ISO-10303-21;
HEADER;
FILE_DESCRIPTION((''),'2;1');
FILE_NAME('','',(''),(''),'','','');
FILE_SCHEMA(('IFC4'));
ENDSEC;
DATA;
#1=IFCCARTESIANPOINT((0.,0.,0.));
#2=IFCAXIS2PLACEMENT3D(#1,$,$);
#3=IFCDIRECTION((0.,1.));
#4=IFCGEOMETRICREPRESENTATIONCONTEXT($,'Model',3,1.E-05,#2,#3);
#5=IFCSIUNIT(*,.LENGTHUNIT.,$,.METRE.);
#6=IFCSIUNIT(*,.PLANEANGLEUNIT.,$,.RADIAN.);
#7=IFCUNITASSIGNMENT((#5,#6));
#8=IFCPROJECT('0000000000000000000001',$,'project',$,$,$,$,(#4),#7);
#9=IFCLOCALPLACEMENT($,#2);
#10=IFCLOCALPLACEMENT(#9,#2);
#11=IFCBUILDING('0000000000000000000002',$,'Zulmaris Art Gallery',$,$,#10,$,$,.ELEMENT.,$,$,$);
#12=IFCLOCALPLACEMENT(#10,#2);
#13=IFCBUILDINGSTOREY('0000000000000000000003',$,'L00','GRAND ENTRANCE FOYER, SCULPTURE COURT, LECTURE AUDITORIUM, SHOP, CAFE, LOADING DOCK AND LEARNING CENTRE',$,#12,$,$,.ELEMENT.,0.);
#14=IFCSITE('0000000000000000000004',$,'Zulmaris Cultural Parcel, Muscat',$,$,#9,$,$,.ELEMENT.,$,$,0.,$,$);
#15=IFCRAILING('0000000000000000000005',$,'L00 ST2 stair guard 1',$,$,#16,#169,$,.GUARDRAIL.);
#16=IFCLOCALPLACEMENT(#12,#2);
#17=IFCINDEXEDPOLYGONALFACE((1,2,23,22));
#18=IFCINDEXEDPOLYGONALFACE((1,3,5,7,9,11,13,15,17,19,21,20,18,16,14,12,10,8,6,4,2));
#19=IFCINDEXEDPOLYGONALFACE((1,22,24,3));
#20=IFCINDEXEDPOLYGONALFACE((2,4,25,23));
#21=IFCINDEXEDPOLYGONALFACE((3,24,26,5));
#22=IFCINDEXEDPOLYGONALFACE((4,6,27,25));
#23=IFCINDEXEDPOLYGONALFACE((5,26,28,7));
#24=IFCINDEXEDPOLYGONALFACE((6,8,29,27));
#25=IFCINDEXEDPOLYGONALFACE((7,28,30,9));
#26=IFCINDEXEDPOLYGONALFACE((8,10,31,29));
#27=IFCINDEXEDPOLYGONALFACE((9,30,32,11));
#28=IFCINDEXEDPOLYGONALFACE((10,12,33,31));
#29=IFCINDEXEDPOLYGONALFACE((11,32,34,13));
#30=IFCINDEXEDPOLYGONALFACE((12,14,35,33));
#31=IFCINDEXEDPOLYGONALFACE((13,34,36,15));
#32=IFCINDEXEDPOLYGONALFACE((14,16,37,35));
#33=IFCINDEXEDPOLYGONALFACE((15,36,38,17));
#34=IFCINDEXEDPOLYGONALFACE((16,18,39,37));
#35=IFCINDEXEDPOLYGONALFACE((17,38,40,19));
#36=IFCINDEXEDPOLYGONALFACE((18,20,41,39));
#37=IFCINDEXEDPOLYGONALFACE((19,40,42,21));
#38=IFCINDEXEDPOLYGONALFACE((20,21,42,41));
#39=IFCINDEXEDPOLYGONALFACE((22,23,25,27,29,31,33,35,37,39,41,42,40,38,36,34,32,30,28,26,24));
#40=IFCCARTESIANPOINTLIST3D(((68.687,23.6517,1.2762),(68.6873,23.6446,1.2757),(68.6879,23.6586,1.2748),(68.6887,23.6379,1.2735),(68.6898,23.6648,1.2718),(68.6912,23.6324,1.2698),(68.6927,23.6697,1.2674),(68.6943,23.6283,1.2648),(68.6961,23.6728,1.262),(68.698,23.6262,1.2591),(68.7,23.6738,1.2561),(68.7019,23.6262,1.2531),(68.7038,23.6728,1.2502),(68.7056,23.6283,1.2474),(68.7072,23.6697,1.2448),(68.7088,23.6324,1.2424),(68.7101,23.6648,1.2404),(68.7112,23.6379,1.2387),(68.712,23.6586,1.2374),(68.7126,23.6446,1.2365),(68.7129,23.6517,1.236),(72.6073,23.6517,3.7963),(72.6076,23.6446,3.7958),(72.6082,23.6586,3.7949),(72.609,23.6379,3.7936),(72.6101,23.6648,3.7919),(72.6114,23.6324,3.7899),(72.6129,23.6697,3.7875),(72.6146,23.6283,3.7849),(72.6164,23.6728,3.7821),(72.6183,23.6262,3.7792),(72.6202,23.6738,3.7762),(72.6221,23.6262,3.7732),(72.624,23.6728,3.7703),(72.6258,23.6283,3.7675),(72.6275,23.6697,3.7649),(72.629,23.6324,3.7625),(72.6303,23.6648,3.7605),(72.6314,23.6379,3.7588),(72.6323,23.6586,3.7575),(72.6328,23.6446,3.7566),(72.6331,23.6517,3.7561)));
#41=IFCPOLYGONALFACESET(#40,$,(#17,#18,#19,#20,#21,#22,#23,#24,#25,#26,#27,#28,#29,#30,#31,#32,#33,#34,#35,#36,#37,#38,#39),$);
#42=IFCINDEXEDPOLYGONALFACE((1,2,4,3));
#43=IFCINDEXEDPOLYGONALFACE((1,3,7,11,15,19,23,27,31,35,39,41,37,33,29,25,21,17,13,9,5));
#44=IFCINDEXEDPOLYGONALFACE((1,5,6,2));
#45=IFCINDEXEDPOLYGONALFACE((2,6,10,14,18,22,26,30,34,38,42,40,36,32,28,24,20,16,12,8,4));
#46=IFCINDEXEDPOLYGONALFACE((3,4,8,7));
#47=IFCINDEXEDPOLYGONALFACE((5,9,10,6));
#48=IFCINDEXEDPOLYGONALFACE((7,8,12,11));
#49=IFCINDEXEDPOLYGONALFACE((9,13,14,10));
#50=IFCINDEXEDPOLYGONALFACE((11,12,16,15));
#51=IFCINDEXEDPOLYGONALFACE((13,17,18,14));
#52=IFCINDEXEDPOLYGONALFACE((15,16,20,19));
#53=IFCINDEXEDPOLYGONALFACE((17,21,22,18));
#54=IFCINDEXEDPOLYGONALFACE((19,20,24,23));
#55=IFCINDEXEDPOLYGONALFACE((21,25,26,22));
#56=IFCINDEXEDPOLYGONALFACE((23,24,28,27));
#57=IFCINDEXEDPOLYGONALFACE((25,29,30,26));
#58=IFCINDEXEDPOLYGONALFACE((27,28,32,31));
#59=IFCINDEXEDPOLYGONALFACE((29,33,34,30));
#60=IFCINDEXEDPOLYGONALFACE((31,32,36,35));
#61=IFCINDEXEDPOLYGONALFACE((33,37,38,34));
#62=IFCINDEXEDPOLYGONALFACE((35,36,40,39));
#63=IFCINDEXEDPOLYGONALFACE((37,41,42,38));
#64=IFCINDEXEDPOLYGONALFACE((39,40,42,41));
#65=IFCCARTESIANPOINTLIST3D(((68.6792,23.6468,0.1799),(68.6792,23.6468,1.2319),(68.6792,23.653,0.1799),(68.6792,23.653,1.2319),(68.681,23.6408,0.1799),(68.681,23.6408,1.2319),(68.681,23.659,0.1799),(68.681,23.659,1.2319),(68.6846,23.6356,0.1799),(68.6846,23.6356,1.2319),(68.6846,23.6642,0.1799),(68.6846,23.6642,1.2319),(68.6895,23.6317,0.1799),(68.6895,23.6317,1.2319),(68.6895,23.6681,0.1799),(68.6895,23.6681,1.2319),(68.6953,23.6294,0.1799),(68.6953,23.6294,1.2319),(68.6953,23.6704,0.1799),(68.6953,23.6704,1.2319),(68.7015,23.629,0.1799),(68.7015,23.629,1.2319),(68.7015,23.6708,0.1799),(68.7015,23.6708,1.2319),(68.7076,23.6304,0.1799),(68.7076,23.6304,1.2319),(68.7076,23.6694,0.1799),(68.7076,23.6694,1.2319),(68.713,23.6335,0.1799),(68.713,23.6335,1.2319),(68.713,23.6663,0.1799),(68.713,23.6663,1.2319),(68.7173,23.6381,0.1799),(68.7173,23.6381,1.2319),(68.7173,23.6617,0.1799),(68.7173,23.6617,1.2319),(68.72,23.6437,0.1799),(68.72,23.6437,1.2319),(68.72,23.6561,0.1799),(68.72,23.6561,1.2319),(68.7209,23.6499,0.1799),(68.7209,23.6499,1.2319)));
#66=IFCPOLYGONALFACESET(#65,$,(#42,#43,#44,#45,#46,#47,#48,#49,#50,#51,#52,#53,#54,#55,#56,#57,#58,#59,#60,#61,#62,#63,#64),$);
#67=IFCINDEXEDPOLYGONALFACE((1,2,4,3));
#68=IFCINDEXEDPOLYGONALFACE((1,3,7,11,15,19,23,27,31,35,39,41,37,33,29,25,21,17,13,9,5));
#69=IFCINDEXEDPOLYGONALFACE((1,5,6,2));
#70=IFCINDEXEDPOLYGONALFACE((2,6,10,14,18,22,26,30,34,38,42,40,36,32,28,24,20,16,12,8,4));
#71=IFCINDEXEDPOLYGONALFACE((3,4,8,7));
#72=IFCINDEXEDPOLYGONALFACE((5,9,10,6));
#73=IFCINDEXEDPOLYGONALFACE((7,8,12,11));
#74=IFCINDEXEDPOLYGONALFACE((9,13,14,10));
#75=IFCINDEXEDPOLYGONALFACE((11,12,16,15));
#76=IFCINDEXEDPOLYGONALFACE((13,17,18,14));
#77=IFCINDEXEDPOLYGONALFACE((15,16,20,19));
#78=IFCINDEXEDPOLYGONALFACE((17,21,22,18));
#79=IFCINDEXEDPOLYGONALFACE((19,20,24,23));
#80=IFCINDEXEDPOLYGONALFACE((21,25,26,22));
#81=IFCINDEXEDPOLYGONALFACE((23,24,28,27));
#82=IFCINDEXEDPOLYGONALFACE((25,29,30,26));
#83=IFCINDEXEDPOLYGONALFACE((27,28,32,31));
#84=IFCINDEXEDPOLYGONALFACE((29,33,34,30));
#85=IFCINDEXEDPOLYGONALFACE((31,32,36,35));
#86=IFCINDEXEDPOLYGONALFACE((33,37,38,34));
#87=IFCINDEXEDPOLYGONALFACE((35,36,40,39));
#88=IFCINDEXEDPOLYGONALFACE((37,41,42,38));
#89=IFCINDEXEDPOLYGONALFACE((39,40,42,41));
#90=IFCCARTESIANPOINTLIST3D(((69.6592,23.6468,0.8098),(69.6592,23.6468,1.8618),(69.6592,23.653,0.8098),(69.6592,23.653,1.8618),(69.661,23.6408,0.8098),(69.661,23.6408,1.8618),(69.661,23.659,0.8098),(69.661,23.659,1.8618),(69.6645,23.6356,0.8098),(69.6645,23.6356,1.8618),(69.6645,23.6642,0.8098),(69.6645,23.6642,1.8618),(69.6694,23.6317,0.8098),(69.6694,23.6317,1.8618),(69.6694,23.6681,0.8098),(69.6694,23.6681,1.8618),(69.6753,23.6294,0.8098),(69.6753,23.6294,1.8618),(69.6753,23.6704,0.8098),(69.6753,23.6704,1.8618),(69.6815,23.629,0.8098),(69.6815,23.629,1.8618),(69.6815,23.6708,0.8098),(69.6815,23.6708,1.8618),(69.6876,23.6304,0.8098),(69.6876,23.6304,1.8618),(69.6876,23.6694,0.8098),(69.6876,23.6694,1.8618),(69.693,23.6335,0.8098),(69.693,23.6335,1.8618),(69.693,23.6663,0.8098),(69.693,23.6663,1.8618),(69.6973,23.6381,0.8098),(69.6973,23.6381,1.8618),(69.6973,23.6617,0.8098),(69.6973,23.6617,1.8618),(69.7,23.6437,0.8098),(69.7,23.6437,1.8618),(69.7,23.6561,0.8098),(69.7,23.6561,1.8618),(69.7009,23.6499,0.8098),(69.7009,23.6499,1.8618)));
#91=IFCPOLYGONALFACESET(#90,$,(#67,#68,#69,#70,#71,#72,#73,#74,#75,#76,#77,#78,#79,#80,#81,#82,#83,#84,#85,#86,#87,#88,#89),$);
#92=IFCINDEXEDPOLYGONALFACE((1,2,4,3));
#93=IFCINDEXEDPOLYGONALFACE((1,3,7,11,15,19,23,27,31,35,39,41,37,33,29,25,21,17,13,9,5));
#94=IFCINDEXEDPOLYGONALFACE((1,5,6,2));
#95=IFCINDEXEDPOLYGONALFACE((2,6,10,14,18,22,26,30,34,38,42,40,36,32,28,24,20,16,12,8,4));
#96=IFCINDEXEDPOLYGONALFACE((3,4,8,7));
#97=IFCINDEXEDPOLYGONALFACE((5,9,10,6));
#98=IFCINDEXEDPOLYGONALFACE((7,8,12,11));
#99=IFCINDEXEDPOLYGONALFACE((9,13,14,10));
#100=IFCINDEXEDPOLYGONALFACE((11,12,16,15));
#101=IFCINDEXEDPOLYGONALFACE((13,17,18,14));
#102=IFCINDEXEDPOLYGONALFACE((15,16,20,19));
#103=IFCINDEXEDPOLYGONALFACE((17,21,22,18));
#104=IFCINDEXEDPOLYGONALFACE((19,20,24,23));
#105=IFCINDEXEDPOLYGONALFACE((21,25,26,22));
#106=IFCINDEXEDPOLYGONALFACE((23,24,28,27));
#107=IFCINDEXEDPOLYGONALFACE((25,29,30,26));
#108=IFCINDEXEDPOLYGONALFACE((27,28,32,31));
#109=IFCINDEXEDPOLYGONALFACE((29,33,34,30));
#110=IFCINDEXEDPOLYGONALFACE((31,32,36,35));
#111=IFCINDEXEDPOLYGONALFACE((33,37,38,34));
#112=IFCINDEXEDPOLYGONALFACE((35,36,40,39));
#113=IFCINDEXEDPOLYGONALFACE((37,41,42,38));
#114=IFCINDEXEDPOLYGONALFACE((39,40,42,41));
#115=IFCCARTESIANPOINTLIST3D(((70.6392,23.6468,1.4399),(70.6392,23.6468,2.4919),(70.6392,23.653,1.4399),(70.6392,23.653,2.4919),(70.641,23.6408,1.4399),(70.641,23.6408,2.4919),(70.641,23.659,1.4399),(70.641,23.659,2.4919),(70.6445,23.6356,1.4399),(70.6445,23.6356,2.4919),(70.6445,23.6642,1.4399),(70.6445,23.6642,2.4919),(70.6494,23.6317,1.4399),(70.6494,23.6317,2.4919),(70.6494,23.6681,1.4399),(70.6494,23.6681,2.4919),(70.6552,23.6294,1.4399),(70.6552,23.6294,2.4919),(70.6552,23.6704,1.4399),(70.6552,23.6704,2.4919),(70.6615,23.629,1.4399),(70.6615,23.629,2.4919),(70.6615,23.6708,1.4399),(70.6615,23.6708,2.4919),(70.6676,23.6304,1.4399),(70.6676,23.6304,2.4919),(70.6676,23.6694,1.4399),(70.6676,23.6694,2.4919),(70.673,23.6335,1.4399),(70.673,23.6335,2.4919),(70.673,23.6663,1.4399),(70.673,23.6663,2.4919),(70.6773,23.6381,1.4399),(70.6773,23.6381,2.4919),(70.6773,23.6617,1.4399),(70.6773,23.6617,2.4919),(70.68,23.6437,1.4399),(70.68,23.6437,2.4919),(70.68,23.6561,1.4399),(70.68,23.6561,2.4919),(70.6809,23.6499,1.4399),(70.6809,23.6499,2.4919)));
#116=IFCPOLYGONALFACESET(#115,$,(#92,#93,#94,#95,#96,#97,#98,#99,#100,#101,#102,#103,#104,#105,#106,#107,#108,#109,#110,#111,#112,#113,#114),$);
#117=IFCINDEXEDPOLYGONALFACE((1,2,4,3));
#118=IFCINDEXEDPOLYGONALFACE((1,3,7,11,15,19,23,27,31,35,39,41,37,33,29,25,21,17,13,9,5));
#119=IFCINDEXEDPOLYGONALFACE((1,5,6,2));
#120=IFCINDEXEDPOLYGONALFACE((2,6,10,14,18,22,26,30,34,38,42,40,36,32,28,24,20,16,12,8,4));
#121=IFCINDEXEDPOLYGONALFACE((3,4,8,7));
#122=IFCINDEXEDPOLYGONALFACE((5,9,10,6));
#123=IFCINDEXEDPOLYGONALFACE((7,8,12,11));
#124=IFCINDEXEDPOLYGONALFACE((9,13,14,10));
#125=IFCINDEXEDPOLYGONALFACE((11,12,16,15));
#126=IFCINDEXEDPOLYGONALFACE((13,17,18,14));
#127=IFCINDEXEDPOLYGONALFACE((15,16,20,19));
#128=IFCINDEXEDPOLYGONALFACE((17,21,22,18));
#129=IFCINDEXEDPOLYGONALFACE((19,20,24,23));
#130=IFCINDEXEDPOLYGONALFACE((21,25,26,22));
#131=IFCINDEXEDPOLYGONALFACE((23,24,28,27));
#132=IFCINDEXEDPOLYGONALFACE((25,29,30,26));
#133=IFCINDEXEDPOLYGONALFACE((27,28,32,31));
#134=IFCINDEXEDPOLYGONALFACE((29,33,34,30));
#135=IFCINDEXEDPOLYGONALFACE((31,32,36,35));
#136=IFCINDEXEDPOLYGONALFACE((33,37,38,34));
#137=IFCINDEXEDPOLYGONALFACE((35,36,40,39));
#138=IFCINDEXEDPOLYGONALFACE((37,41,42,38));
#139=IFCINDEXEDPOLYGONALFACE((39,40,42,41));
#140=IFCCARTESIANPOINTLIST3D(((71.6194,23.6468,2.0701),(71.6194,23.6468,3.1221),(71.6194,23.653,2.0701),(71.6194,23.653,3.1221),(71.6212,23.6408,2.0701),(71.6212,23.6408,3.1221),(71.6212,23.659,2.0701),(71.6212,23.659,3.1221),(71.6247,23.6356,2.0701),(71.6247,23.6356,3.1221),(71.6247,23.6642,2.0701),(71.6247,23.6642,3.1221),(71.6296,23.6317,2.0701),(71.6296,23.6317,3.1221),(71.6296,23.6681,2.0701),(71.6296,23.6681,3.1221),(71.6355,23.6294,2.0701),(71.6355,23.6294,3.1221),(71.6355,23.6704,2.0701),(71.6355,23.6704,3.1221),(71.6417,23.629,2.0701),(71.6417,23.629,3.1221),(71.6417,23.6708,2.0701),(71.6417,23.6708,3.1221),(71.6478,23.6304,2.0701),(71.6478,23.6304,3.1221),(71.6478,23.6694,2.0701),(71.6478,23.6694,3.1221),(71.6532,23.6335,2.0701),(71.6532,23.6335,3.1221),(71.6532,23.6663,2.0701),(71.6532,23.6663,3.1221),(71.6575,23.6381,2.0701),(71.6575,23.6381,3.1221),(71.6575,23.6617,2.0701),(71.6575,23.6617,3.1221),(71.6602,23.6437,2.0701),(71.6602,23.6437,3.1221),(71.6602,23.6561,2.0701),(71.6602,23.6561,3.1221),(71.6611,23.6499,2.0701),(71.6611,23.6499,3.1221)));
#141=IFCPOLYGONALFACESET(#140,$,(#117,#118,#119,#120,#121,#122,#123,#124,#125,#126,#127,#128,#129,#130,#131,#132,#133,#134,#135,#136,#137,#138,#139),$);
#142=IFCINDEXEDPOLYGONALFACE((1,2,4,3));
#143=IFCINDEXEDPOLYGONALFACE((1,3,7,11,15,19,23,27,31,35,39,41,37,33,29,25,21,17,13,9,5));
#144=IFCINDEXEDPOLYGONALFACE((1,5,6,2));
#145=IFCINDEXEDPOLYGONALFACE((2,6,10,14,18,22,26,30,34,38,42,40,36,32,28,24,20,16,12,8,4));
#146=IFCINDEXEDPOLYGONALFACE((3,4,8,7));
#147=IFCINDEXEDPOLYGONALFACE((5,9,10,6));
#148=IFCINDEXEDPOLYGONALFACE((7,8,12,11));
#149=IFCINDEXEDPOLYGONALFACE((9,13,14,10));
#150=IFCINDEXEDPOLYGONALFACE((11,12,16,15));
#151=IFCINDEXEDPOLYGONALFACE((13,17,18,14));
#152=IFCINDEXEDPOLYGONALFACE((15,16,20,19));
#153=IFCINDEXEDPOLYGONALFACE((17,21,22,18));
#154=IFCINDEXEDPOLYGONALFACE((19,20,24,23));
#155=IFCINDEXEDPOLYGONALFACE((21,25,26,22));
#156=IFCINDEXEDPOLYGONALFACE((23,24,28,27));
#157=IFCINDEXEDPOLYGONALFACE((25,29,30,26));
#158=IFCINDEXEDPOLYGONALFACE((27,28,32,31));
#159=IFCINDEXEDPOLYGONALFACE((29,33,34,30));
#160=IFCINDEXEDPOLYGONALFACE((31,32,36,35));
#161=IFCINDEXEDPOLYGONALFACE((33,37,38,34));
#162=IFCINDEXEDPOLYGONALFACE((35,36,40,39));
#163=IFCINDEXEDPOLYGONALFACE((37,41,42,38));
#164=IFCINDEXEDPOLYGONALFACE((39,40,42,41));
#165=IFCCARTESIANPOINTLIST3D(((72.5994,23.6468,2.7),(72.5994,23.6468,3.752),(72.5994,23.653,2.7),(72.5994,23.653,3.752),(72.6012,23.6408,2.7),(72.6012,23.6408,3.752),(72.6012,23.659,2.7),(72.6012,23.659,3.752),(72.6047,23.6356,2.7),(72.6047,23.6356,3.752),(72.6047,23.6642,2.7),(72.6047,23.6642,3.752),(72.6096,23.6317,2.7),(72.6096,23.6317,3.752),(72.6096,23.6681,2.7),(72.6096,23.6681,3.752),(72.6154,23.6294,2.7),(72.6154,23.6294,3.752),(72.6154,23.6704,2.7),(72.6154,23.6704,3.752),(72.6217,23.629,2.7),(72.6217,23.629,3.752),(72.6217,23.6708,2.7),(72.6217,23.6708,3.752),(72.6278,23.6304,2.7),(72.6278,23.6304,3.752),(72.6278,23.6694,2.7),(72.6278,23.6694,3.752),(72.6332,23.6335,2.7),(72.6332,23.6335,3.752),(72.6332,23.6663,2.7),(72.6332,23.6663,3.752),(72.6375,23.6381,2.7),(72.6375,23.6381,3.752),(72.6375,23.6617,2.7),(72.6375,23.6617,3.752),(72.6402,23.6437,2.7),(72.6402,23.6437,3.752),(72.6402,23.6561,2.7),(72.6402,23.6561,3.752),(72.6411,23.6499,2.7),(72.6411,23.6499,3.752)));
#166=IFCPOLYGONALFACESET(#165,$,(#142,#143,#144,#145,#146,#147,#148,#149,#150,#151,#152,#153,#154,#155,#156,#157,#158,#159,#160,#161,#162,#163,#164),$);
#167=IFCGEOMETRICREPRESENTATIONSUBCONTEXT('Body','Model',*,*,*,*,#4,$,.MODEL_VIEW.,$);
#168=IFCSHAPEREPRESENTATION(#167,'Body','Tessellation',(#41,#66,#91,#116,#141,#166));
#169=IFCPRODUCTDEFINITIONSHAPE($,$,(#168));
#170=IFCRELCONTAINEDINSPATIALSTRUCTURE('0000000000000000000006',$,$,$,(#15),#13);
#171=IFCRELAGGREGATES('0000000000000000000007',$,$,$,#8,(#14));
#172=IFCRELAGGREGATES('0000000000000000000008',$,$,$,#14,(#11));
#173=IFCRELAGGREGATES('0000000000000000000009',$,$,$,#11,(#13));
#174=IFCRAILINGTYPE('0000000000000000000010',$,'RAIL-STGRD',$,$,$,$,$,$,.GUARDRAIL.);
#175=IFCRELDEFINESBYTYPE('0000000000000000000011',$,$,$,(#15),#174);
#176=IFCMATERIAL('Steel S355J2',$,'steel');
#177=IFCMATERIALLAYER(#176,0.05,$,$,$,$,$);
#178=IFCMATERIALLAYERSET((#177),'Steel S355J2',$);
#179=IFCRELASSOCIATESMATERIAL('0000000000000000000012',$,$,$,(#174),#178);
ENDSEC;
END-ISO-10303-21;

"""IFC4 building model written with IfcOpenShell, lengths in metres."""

from ifc_helpers import new_model, si_unit, direction, frame, origin, origin_2d, place, context, subcontext, project, spatial, circle, extrude, material, layer, layer_set, type_object, element, save


model = new_model("IFC4")

# Units and contexts
model_context = context("Model", 3, precision=1e-05, world=origin(), true_north=direction((0.0, 1.0)))
body_context = subcontext(model_context, "Body", "Model", "MODEL_VIEW")
ifc_project = project(units=[si_unit("LENGTHUNIT", "METRE"), si_unit("PLANEANGLEUNIT", "RADIAN")], contexts=[model_context])

# Site, building, storey
site_placement = place(None, origin())
site = spatial("IfcSite", under=ifc_project, at=site_placement, Name="Zulmaris Cultural Parcel, Muscat", CompositionType="ELEMENT", RefElevation=0.0)
building_placement = place(site_placement, origin())
building = spatial("IfcBuilding", under=site, at=building_placement, Name="Zulmaris Art Gallery", CompositionType="ELEMENT")
storey_placement = place(building_placement, origin())
storey = spatial("IfcBuildingStorey", under=building, at=storey_placement, Name="L00", Description="GRAND ENTRANCE FOYER, SCULPTURE COURT, LECTURE AUDITORIUM, SHOP, CAFE, LOADING DOCK AND LEARNING CENTRE", CompositionType="ELEMENT", Elevation=0.0)

# Railing
ifc_material_1 = material(Name="Steel S355J2", Category="steel")
ifc_layer_1 = layer(ifc_material_1, 0.05)
ifc_layer_set_1 = layer_set([ifc_layer_1], Name="Steel S355J2")
railing_type_1 = type_object("IfcRailingType", Name="RAIL-STGRD", PredefinedType="GUARDRAIL", material=ifc_layer_set_1)
railing_1_placement = place(storey_placement, frame((68.7, 23.6499, 0.1799)))
element("IfcRailing", 1, at=railing_1_placement, inside=storey, type_object=railing_type_1, Name="L00 ST2 stair guard 1", PredefinedType="GUARDRAIL", context=body_context, shape_type="SweptSolid", body=[
    extrude(circle(Radius=0.0239, at=origin_2d()), frame((0.0, 0.0, 1.0762), z_axis=(0.841187, 0.0, 0.540744), x_axis=(0.0, 1.0, 0.0)), (0.0, 0.0, 1.0), 4.6604),
    extrude(circle(Radius=0.021, at=origin_2d()), origin(), (0.0, 0.0, 1.0), 1.052),
    extrude(circle(Radius=0.021, at=origin_2d()), frame((0.98, 0.0, 0.6299)), (0.0, 0.0, 1.0), 1.052),
    extrude(circle(Radius=0.021, at=origin_2d()), frame((1.96, 0.0, 1.26)), (0.0, 0.0, 1.0), 1.052),
    extrude(circle(Radius=0.021, at=origin_2d()), frame((2.9402, 0.0, 1.8901)), (0.0, 0.0, 1.0), 1.052),
    extrude(circle(Radius=0.021, at=origin_2d()), frame((3.9202, 0.0, 2.52)), (0.0, 0.0, 1.0), 1.052),
])

save(model, "model.ifc")
